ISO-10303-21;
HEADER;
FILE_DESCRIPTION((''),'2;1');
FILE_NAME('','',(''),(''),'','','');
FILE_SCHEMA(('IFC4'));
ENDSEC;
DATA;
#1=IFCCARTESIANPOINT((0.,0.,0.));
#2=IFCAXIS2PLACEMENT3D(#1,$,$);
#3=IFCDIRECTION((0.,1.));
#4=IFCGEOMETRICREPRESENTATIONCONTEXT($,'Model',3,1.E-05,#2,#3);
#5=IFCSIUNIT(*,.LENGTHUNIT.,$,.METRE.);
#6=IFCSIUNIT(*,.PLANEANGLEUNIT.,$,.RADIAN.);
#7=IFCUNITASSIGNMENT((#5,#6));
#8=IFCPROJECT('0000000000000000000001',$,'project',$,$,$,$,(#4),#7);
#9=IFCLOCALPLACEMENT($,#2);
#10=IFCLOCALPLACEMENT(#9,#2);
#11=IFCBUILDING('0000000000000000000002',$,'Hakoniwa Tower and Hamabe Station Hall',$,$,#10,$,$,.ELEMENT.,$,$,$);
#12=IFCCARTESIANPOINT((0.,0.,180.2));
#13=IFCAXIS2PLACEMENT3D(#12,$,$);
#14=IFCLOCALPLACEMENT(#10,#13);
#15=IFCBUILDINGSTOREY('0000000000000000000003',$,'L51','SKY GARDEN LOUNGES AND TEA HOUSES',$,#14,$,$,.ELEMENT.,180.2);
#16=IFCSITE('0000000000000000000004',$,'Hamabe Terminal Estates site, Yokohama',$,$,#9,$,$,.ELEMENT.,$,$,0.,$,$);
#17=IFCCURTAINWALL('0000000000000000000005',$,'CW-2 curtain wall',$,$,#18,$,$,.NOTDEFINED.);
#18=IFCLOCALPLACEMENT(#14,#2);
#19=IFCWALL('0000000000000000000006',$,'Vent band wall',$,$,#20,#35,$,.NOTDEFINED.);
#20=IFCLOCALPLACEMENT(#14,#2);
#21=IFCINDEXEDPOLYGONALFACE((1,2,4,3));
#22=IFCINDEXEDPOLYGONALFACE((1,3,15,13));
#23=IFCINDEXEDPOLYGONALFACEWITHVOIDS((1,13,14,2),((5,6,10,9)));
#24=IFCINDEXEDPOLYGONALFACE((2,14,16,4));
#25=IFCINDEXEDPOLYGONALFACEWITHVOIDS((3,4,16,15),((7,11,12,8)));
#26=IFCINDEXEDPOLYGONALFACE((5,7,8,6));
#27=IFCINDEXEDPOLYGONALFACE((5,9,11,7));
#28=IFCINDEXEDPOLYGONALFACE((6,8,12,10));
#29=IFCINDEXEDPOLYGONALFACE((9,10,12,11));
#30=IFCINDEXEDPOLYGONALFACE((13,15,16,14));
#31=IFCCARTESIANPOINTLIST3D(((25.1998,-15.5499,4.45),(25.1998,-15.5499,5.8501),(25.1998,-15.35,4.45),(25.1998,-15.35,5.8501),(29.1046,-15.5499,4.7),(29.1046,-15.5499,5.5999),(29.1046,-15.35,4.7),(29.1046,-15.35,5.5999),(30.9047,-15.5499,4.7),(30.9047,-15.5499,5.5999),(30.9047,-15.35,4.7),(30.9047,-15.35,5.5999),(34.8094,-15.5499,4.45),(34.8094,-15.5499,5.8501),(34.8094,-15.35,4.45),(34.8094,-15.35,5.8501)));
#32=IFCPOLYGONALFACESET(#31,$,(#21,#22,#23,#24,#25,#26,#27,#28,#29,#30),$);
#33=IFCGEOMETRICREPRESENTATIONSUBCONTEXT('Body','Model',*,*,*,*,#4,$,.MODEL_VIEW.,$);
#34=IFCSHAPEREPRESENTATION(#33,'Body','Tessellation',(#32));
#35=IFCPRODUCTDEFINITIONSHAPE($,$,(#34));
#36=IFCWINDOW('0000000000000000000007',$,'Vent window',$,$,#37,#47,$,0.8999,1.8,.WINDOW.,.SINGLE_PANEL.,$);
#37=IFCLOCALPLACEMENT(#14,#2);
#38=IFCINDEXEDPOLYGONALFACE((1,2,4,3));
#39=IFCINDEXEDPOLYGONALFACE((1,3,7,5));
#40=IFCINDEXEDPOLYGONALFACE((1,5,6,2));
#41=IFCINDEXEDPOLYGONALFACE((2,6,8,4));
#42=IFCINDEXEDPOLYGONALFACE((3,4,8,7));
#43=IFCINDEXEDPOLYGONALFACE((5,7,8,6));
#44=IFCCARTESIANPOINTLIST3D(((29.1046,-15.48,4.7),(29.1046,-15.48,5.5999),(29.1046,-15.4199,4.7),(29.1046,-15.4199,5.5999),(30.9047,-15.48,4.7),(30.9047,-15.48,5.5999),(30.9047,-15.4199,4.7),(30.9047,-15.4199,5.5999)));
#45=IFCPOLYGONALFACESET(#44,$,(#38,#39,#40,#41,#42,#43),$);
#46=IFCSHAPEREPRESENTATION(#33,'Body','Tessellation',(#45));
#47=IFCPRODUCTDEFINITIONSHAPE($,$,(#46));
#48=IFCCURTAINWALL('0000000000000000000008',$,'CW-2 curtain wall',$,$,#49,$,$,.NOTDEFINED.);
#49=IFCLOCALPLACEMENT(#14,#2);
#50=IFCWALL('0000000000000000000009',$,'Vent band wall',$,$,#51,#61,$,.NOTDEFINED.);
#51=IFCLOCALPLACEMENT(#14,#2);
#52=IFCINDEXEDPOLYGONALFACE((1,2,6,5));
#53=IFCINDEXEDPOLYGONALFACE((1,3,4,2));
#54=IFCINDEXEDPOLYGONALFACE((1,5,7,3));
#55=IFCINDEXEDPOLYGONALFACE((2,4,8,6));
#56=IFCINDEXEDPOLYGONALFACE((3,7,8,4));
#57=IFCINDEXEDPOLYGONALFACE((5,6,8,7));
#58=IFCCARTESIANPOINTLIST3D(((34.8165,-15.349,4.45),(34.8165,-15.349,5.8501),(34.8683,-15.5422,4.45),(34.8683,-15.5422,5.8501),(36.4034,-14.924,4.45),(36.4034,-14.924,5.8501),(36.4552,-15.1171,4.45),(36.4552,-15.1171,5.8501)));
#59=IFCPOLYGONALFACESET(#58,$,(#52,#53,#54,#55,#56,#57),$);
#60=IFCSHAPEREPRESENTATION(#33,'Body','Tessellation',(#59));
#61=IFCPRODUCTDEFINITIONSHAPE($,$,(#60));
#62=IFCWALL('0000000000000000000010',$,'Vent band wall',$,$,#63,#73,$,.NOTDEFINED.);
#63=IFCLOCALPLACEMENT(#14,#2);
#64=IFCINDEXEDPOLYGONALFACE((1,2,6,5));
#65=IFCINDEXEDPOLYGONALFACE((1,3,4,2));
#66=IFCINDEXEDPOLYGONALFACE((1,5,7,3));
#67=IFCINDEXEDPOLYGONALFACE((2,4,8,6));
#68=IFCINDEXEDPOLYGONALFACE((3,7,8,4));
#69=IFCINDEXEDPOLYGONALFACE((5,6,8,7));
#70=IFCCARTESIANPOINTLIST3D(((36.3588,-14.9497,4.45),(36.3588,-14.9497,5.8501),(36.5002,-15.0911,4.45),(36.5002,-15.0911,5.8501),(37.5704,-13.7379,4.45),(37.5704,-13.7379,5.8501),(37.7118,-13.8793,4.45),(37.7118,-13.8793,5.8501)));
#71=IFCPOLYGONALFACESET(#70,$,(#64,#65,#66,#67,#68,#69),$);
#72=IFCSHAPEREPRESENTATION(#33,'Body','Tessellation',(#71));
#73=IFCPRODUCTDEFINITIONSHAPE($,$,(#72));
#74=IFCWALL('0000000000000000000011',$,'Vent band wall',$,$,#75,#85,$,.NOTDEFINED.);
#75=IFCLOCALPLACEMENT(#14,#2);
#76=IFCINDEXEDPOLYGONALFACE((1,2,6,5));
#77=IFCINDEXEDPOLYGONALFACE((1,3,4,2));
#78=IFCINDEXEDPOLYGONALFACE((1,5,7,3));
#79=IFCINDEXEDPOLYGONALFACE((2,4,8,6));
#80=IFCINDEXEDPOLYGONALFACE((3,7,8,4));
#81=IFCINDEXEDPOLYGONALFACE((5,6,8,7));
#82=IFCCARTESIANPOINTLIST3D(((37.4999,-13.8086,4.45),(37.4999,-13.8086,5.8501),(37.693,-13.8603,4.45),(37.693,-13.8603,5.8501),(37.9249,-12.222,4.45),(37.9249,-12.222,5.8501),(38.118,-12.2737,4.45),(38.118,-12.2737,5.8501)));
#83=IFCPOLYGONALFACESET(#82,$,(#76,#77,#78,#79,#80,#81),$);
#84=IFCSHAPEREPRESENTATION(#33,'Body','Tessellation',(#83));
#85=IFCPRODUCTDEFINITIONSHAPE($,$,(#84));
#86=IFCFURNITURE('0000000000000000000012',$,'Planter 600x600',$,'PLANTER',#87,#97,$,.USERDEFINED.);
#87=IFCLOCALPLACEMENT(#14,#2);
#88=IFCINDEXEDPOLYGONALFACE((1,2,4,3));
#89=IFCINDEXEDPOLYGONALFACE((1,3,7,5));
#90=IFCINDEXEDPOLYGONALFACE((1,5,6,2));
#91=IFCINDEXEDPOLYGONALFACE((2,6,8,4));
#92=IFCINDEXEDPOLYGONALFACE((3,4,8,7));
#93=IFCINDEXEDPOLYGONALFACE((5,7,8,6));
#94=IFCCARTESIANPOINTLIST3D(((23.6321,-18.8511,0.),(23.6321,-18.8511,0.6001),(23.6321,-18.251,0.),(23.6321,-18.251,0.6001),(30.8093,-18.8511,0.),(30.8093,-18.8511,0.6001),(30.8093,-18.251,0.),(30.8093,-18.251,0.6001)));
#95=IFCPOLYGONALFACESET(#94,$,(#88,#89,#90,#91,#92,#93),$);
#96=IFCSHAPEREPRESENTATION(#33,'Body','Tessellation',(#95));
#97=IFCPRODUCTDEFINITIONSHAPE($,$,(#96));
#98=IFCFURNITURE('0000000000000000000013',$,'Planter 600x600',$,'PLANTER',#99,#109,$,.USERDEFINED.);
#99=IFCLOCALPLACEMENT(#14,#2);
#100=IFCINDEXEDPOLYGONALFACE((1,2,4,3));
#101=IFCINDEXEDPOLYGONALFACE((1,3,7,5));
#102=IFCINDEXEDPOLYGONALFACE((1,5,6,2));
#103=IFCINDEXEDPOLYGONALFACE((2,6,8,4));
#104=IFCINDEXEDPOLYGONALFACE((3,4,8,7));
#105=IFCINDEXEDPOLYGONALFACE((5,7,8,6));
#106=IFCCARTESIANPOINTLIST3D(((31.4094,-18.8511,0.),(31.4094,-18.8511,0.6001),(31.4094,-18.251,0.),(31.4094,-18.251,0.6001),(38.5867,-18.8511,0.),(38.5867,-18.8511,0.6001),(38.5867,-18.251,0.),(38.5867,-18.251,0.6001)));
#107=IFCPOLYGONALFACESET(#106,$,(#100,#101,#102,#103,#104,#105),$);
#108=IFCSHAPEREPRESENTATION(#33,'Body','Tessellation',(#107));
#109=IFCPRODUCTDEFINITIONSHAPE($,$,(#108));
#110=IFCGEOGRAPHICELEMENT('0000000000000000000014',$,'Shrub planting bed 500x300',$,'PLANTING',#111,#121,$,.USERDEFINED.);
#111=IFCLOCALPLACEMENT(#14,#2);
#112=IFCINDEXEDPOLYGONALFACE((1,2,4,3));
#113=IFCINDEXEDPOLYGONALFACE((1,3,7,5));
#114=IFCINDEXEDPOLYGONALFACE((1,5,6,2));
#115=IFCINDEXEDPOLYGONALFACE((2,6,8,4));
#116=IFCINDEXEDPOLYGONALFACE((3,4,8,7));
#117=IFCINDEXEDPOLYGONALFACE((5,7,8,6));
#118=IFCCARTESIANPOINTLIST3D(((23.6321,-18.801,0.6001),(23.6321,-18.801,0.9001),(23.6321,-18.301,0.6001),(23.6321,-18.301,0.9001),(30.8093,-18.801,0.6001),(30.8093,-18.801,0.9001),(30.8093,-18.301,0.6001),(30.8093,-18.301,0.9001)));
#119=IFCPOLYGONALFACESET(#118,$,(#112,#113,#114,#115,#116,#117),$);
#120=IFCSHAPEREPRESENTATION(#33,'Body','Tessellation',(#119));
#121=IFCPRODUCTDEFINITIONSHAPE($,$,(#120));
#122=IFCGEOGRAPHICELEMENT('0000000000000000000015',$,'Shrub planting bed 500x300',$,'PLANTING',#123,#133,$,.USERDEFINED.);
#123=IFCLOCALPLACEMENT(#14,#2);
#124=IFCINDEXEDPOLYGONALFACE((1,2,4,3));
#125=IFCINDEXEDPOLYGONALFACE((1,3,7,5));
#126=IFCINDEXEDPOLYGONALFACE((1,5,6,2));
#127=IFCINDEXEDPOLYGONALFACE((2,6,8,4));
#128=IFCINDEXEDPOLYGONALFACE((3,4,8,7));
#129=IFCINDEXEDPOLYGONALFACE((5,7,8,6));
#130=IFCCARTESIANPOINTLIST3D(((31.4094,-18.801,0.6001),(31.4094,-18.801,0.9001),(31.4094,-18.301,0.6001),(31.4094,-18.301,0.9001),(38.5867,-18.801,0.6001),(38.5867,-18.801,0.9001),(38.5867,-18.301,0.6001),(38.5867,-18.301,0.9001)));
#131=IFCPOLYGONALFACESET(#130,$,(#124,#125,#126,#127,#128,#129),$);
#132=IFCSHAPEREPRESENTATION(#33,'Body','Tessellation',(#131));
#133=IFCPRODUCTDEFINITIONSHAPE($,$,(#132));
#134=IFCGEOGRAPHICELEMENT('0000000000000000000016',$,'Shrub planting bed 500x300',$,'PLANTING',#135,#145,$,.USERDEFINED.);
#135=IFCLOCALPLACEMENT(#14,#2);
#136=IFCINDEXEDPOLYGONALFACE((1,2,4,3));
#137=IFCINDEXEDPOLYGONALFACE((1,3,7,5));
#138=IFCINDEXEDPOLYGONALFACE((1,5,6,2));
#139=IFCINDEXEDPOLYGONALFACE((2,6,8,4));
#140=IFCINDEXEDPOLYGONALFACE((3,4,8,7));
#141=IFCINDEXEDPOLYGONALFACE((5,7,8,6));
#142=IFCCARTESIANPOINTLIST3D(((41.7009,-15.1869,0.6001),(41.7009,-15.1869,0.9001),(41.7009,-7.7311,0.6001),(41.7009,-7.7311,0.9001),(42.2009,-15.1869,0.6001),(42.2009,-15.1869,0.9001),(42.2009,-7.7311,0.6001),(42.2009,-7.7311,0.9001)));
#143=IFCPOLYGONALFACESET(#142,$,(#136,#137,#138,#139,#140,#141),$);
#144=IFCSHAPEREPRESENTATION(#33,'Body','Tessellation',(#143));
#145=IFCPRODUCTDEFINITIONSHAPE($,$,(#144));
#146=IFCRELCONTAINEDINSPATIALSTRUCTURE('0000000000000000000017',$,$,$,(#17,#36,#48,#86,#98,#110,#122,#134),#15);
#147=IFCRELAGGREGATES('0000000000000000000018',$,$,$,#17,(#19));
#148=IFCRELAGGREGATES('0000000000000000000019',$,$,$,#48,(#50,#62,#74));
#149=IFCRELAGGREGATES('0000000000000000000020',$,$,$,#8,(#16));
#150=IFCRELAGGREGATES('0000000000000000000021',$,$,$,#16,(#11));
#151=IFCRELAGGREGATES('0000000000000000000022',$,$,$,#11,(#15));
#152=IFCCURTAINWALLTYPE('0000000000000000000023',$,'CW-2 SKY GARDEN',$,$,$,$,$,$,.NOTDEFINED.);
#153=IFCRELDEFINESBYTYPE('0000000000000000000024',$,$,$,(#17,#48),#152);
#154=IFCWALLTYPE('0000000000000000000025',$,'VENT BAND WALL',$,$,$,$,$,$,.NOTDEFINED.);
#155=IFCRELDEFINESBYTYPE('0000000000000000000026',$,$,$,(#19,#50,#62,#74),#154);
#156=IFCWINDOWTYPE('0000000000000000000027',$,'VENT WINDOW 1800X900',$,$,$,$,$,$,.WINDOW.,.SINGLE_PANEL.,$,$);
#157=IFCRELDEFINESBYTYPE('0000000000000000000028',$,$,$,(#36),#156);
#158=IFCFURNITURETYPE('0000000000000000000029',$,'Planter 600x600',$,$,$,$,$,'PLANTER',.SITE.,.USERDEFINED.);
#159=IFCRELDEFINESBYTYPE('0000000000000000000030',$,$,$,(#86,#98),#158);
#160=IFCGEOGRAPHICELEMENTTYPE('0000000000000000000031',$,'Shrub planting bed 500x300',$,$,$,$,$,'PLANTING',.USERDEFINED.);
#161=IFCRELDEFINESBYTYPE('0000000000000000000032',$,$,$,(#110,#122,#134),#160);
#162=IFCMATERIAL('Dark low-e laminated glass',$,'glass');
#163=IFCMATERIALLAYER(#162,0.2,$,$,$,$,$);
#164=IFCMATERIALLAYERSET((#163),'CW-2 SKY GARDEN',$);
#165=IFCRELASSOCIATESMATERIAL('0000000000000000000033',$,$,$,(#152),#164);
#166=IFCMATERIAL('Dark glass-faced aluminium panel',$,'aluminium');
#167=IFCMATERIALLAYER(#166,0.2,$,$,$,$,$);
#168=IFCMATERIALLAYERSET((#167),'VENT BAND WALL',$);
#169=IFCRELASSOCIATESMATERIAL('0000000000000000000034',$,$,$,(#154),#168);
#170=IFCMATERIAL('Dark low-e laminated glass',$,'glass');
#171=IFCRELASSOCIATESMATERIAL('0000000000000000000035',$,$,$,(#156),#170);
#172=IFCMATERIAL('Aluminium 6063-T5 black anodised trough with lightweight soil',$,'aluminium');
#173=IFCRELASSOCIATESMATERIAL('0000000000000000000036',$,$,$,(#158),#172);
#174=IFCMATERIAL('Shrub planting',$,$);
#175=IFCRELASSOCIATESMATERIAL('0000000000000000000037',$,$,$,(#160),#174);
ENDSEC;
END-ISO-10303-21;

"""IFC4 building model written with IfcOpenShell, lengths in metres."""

from ifc_helpers import new_model, si_unit, direction, frame, frame_2d, origin, origin_2d, place, context, subcontext, project, spatial, rectangle, extrude, material, layer, layer_set, type_object, element, fill, aggregate, save


model = new_model("IFC4")

# Units and contexts
model_context = context("Model", 3, precision=1e-05, world=origin(), true_north=direction((0.0, 1.0)))
body_context = subcontext(model_context, "Body", "Model", "MODEL_VIEW")
ifc_project = project(units=[si_unit("LENGTHUNIT", "METRE"), si_unit("PLANEANGLEUNIT", "RADIAN")], contexts=[model_context])

# Site, building, storey
site_placement = place(None, origin())
site = spatial("IfcSite", under=ifc_project, at=site_placement, Name="Hamabe Terminal Estates site, Yokohama", CompositionType="ELEMENT", RefElevation=0.0)
building_placement = place(site_placement, origin())
building = spatial("IfcBuilding", under=site, at=building_placement, Name="Hakoniwa Tower and Hamabe Station Hall", CompositionType="ELEMENT")
storey_placement = place(building_placement, frame((0.0, 0.0, 180.2)))
storey = spatial("IfcBuildingStorey", under=building, at=storey_placement, Name="L51", Description="SKY GARDEN LOUNGES AND TEA HOUSES", CompositionType="ELEMENT", Elevation=180.2)

# Shared definitions
ifc_material_1 = material(Name="Dark low-e laminated glass", Category="glass")
ifc_layer_1 = layer(ifc_material_1, 0.2)
ifc_layer_set_1 = layer_set([ifc_layer_1], Name="CW-2 SKY GARDEN")
curtain_wall_type = type_object("IfcCurtainWallType", Name="CW-2 SKY GARDEN", PredefinedType="NOTDEFINED", material=ifc_layer_set_1)

# Curtain wall
curtain_wall_1_placement = place(storey_placement, origin())
curtain_wall_1 = element("IfcCurtainWall", 1, at=curtain_wall_1_placement, inside=storey, type_object=curtain_wall_type, Name="CW-2 curtain wall", PredefinedType="NOTDEFINED")

# Wall, opening, window
ifc_material_2 = material(Name="Dark glass-faced aluminium panel", Category="aluminium")
ifc_layer_2 = layer(ifc_material_2, 0.2)
ifc_layer_set_2 = layer_set([ifc_layer_2], Name="VENT BAND WALL")
wall_type_1 = type_object("IfcWallType", Name="VENT BAND WALL", PredefinedType="NOTDEFINED", material=ifc_layer_set_2)
ifc_material_3 = material(Name="Dark low-e laminated glass", Category="glass")
window_type = type_object("IfcWindowType", Name="VENT WINDOW 1800X900", PartitioningType="SINGLE_PANEL", PredefinedType="WINDOW", material=ifc_material_3)
wall_1_placement = place(storey_placement, frame((25.2, -15.45, 4.45), z_axis=(0.0, 0.0, 1.0), x_axis=(1.0, 0.0, 0.0)))
wall_1 = element("IfcWall", 2, at=wall_1_placement, type_object=wall_type_1, Name="Vent band wall", PredefinedType="NOTDEFINED", context=body_context, shape_type="SweptSolid", body=[
    extrude(rectangle(XDim=9.6096, YDim=0.2, at=frame_2d((4.8047, 0.0))), origin(), (0.0, 0.0, 1.0), 1.4001),
])
opening_1_placement = place(wall_1_placement, frame((3.9048, 0.0, 0.25)))
opening_1 = element("IfcOpeningElement", 3, at=opening_1_placement, cuts=wall_1, PredefinedType="OPENING", context=body_context, shape_type="SweptSolid", body=[
    extrude(rectangle(XDim=1.8, YDim=0.8999, at=frame_2d((0.8999, 0.45))), frame((0.0, 0.1099, 0.0), z_axis=(0.0, -1.0, 0.0), x_axis=(1.0, 0.0, 0.0)), (0.0, 0.0, 1.0), 0.22),
])
window_1_placement = place(opening_1_placement, origin())
window_1 = element("IfcWindow", 4, at=window_1_placement, inside=storey, type_object=window_type, Name="Vent window", OverallHeight=0.8999, OverallWidth=1.8, PartitioningType="SINGLE_PANEL", PredefinedType="WINDOW", context=body_context, shape_type="SweptSolid", body=[
    extrude(rectangle(XDim=1.8, YDim=0.8999, at=frame_2d((0.8999, 0.45))), frame((0.0, 0.03, 0.0), z_axis=(0.0, -1.0, 0.0), x_axis=(1.0, 0.0, 0.0)), (0.0, 0.0, 1.0), 0.0601),
])
fill(opening_1, window_1)
aggregate(curtain_wall_1, [wall_1])

# Curtain wall, walls
curtain_wall_2_placement = place(storey_placement, origin())
curtain_wall_2 = element("IfcCurtainWall", 5, at=curtain_wall_2_placement, inside=storey, type_object=curtain_wall_type, Name="CW-2 curtain wall", PredefinedType="NOTDEFINED")
wall_2_placement = place(storey_placement, frame((34.8425, -15.4456, 4.45), z_axis=(0.0, 0.0, 1.0), x_axis=(0.965951, 0.258726, 0.0)))
wall_2 = element("IfcWall", 6, at=wall_2_placement, type_object=wall_type_1, Name="Vent band wall", PredefinedType="NOTDEFINED", context=body_context, shape_type="SweptSolid", body=[
    extrude(rectangle(XDim=1.6428, YDim=0.2, at=frame_2d((0.8213, 0.0))), origin(), (0.0, 0.0, 1.0), 1.4001),
])
wall_3_placement = place(storey_placement, frame((36.4294, -15.0205, 4.45), z_axis=(0.0, 0.0, 1.0), x_axis=(0.707036, 0.707178, 0.0)))
wall_3 = element("IfcWall", 7, at=wall_3_placement, type_object=wall_type_1, Name="Vent band wall", PredefinedType="NOTDEFINED", context=body_context, shape_type="SweptSolid", body=[
    extrude(rectangle(XDim=1.7136, YDim=0.2, at=frame_2d((0.8569, 0.0))), origin(), (0.0, 0.0, 1.0), 1.4001),
])
wall_4_placement = place(storey_placement, frame((37.5964, -13.8345, 4.45), z_axis=(0.0, 0.0, 1.0), x_axis=(0.258763, 0.965941, 0.0)))
wall_4 = element("IfcWall", 8, at=wall_4_placement, type_object=wall_type_1, Name="Vent band wall", PredefinedType="NOTDEFINED", context=body_context, shape_type="SweptSolid", body=[
    extrude(rectangle(XDim=1.6426, YDim=0.2, at=frame_2d((0.8213, 0.0))), origin(), (0.0, 0.0, 1.0), 1.4001),
])
aggregate(curtain_wall_2, [wall_2, wall_3, wall_4])

# Furniture
ifc_material_4 = material(Name="Aluminium 6063-T5 black anodised trough with lightweight soil", Category="aluminium")
furniture_type = type_object("IfcFurnitureType", Name="Planter 600x600", ElementType="PLANTER", AssemblyPlace="SITE", PredefinedType="USERDEFINED", material=ifc_material_4)
for number, where, z_axis, x_axis, name in (
    (9, (27.2207, -18.551, 0.0), (0.0, 0.0, 1.0), (1.0, 0.0, 0.0), "Planter 600x600"),
    (10, (34.998, -18.551, 0.0), (0.0, 0.0, 1.0), (1.0, 0.0, 0.0), "Planter 600x600"),
):
    element("IfcFurniture", number, at=place(storey_placement, frame(where, z_axis=z_axis, x_axis=x_axis)), inside=storey, type_object=furniture_type, Name=name, ObjectType="PLANTER", PredefinedType="USERDEFINED", context=body_context, shape_type="SweptSolid", body=[
        extrude(rectangle(XDim=7.1772, YDim=0.6001, at=origin_2d()), origin(), (0.0, 0.0, 1.0), 0.6001),
    ])

# Geographic elements
ifc_material_5 = material(Name="Shrub planting")
geographic_element_type = type_object("IfcGeographicElementType", Name="Shrub planting bed 500x300", ElementType="PLANTING", PredefinedType="USERDEFINED", material=ifc_material_5)
for number, where, z_axis, x_axis, name in (
    (11, (27.2207, -18.551, 0.6001), (0.0, 0.0, 1.0), (1.0, 0.0, 0.0), "Shrub planting bed 500x300"),
    (12, (34.998, -18.551, 0.6001), (0.0, 0.0, 1.0), (1.0, 0.0, 0.0), "Shrub planting bed 500x300"),
):
    element("IfcGeographicElement", number, at=place(storey_placement, frame(where, z_axis=z_axis, x_axis=x_axis)), inside=storey, type_object=geographic_element_type, Name=name, ObjectType="PLANTING", PredefinedType="USERDEFINED", context=body_context, shape_type="SweptSolid", body=[
        extrude(rectangle(XDim=7.1772, YDim=0.5, at=origin_2d()), origin(), (0.0, 0.0, 1.0), 0.3),
    ])
geographic_element_placement = place(storey_placement, frame((41.9509, -11.459, 0.6001), z_axis=(0.0, 0.0, 1.0), x_axis=(0.0, 1.0, 0.0)))
element("IfcGeographicElement", 13, at=geographic_element_placement, inside=storey, type_object=geographic_element_type, Name="Shrub planting bed 500x300", ObjectType="PLANTING", PredefinedType="USERDEFINED", context=body_context, shape_type="SweptSolid", body=[
    extrude(rectangle(XDim=7.4558, YDim=0.5, at=origin_2d()), origin(), (0.0, 0.0, 1.0), 0.3),
])

save(model, "model.ifc")
